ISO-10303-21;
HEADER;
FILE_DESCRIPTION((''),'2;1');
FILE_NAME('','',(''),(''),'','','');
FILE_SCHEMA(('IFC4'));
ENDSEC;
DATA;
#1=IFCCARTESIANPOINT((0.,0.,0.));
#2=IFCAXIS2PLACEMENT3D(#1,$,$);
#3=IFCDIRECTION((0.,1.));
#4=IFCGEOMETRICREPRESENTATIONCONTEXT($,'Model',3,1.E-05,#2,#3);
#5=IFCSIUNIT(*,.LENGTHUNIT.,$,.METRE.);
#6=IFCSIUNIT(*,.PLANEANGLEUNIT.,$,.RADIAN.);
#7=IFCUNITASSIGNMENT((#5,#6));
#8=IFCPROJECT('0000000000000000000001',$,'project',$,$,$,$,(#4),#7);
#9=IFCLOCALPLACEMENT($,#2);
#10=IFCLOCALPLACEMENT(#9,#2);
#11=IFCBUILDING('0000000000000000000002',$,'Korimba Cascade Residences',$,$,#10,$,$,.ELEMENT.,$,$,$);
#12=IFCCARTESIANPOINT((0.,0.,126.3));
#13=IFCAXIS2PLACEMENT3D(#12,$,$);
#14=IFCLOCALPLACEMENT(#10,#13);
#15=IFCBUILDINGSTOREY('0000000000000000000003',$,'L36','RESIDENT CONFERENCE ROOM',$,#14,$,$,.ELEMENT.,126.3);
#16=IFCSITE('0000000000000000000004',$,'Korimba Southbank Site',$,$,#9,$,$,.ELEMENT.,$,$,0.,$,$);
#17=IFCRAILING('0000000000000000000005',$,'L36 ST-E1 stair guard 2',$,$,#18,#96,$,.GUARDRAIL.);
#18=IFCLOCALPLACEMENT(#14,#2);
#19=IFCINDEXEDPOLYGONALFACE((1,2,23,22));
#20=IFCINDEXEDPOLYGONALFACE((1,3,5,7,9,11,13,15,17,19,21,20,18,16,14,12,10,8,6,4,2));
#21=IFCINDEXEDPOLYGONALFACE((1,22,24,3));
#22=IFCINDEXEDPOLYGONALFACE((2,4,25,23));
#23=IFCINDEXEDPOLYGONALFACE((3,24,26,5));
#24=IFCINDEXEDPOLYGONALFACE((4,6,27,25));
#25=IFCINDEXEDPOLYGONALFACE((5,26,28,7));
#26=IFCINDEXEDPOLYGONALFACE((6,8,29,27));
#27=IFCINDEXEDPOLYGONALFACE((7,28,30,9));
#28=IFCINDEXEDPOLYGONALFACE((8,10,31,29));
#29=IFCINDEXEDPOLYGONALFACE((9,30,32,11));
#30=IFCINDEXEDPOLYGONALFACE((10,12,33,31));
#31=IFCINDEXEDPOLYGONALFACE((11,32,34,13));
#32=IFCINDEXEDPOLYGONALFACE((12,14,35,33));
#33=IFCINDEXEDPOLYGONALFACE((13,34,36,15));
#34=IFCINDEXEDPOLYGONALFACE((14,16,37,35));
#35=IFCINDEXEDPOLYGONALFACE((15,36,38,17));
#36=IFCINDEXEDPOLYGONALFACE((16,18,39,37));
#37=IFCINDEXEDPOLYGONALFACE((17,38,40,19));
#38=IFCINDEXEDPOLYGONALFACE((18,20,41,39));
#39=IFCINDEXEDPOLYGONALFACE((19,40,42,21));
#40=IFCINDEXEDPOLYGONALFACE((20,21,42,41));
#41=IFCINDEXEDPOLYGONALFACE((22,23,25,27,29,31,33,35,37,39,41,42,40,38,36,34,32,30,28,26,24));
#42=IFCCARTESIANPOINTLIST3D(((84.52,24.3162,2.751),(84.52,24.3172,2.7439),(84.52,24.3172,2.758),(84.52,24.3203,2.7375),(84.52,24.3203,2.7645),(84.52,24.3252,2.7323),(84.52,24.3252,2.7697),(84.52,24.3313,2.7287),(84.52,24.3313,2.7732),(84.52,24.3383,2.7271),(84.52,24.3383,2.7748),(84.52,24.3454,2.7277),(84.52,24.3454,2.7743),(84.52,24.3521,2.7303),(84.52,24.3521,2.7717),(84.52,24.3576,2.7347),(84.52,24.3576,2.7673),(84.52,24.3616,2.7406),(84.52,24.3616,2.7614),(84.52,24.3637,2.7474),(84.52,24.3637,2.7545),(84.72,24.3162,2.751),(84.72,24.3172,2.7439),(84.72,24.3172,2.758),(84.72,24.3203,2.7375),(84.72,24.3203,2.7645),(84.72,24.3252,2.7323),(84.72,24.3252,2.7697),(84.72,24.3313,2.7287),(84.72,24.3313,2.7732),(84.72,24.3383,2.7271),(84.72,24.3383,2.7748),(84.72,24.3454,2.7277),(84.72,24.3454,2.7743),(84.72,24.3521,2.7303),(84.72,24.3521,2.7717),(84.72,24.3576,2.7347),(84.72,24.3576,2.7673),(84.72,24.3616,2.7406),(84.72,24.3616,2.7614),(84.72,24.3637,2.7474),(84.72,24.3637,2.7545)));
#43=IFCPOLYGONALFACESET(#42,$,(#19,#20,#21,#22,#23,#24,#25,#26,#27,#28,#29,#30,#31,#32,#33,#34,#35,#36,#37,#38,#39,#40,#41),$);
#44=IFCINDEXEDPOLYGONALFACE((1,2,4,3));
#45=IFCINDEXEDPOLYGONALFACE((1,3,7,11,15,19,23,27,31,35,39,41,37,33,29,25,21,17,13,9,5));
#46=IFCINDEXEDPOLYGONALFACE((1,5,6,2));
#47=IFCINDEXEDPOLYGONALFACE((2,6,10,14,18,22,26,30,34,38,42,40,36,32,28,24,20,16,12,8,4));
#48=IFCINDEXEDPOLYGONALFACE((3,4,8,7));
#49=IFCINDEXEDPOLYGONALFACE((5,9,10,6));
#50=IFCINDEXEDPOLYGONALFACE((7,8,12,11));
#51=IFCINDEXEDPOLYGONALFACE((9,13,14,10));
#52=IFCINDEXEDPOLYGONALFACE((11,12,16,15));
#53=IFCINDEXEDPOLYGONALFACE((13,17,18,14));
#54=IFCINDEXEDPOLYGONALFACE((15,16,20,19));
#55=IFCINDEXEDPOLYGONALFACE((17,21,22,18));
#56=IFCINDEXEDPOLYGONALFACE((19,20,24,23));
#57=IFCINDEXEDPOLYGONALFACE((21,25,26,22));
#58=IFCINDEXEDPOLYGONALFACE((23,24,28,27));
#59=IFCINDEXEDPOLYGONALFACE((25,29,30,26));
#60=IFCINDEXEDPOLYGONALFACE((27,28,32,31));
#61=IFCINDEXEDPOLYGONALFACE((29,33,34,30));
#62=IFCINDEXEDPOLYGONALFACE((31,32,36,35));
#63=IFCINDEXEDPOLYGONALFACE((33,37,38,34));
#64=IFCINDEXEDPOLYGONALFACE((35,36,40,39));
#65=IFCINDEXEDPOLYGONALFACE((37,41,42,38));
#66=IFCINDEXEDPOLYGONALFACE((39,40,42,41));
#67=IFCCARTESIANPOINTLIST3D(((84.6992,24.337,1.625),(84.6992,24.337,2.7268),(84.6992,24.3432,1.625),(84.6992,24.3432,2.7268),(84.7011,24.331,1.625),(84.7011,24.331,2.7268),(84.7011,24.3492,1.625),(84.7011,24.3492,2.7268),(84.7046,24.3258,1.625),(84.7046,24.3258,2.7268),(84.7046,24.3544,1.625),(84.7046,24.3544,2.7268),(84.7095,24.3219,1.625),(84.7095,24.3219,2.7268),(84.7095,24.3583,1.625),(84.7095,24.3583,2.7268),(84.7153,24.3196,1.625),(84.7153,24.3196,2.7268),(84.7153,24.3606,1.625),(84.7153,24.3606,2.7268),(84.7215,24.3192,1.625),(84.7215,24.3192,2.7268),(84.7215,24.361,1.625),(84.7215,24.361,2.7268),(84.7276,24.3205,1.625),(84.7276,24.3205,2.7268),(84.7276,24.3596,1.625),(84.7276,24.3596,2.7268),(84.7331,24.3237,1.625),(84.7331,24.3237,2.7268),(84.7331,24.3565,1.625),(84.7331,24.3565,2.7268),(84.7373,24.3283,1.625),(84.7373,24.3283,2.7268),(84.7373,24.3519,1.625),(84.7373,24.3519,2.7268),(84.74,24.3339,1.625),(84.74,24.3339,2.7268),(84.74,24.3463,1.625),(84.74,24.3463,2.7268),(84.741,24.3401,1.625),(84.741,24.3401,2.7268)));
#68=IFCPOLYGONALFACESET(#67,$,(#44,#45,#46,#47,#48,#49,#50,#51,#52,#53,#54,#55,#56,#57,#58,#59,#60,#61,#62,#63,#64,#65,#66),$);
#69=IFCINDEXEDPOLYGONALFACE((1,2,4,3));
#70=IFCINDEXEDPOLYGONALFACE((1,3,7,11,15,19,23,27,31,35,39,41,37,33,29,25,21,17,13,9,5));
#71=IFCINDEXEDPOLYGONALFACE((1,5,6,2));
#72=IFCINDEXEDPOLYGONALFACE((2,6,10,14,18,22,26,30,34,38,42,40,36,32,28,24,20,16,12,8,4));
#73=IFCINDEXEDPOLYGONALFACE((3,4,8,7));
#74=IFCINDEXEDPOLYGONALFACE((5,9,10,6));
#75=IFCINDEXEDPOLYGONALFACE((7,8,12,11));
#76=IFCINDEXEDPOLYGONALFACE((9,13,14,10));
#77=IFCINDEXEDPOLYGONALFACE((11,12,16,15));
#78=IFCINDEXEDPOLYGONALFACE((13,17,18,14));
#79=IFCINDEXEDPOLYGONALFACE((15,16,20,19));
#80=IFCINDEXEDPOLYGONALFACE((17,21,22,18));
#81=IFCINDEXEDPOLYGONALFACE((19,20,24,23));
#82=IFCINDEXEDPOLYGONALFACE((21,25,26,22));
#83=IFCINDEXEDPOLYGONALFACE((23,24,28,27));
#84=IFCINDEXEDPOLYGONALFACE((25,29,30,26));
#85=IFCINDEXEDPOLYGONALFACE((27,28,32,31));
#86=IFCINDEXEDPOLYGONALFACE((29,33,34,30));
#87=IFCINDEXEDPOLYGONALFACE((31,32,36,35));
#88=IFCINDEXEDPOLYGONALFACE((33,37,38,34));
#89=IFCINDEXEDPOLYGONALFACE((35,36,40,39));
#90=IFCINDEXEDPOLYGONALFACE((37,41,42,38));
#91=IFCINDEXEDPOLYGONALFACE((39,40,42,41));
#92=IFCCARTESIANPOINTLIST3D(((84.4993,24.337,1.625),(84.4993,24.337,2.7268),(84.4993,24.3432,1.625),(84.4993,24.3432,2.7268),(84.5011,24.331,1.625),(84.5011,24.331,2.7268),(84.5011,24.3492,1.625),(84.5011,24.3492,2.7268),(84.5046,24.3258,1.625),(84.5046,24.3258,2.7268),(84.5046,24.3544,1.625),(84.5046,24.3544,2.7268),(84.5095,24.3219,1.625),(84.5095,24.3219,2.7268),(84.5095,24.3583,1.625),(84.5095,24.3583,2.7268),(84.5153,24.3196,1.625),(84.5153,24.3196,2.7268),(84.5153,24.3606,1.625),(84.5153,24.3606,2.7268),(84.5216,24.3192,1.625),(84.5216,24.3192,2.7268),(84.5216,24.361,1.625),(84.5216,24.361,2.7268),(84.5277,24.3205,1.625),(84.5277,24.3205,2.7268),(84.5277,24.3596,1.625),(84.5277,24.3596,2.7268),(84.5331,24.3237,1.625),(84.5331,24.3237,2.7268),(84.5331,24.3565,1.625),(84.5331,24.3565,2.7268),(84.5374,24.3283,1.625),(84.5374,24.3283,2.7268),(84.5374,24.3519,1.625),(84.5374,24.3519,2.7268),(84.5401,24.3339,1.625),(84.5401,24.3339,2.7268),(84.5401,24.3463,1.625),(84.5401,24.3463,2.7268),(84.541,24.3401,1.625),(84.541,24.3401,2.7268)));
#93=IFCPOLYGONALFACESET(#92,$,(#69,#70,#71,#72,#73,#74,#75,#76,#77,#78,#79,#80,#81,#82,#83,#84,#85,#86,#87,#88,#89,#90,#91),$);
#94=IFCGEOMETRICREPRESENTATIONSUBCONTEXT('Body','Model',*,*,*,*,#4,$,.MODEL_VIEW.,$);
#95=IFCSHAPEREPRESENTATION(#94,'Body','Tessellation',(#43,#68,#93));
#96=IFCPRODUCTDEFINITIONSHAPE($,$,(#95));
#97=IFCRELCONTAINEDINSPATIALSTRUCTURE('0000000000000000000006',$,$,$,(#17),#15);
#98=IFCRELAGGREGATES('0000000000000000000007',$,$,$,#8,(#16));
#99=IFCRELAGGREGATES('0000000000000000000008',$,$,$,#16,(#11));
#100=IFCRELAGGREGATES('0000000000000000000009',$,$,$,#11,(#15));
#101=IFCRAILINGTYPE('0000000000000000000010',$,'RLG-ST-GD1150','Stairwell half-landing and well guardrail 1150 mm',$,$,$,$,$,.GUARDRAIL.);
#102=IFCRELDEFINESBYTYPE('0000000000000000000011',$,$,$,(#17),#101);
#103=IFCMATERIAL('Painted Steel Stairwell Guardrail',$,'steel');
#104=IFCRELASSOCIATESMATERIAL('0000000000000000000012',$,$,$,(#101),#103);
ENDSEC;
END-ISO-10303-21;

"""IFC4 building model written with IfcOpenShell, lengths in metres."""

from ifc_helpers import new_model, si_unit, direction, frame, origin, origin_2d, place, context, subcontext, project, spatial, circle, extrude, material, type_object, element, save


model = new_model("IFC4")

# Units and contexts
model_context = context("Model", 3, precision=1e-05, world=origin(), true_north=direction((0.0, 1.0)))
body_context = subcontext(model_context, "Body", "Model", "MODEL_VIEW")
ifc_project = project(units=[si_unit("LENGTHUNIT", "METRE"), si_unit("PLANEANGLEUNIT", "RADIAN")], contexts=[model_context])

# Site, building, storey
site_placement = place(None, origin())
site = spatial("IfcSite", under=ifc_project, at=site_placement, Name="Korimba Southbank Site", CompositionType="ELEMENT", RefElevation=0.0)
building_placement = place(site_placement, origin())
building = spatial("IfcBuilding", under=site, at=building_placement, Name="Korimba Cascade Residences", CompositionType="ELEMENT")
storey_placement = place(building_placement, frame((0.0, 0.0, 126.3)))
storey = spatial("IfcBuildingStorey", under=building, at=storey_placement, Name="L36", Description="RESIDENT CONFERENCE ROOM", CompositionType="ELEMENT", Elevation=126.3)

# Railing
ifc_material_1 = material(Name="Painted Steel Stairwell Guardrail", Category="steel")
railing_type_1 = type_object("IfcRailingType", Name="RLG-ST-GD1150", Description="Stairwell half-landing and well guardrail 1150 mm", PredefinedType="GUARDRAIL", material=ifc_material_1)
railing_1_placement = place(storey_placement, frame((84.72, 24.3401, 1.625)))
element("IfcRailing", 1, at=railing_1_placement, inside=storey, type_object=railing_type_1, Name="L36 ST-E1 stair guard 2", PredefinedType="GUARDRAIL", context=body_context, shape_type="SweptSolid", body=[
    extrude(circle(Radius=0.0239, at=origin_2d()), frame((0.0, 0.0, 1.126), z_axis=(-1.0, 0.0, 0.0), x_axis=(0.0, -1.0, 0.0)), (0.0, 0.0, 1.0), 0.2),
    extrude(circle(Radius=0.021, at=origin_2d()), origin(), (0.0, 0.0, 1.0), 1.1018),
    extrude(circle(Radius=0.021, at=origin_2d()), frame((-0.2, 0.0, 0.0)), (0.0, 0.0, 1.0), 1.1018),
])

save(model, "model.ifc")
